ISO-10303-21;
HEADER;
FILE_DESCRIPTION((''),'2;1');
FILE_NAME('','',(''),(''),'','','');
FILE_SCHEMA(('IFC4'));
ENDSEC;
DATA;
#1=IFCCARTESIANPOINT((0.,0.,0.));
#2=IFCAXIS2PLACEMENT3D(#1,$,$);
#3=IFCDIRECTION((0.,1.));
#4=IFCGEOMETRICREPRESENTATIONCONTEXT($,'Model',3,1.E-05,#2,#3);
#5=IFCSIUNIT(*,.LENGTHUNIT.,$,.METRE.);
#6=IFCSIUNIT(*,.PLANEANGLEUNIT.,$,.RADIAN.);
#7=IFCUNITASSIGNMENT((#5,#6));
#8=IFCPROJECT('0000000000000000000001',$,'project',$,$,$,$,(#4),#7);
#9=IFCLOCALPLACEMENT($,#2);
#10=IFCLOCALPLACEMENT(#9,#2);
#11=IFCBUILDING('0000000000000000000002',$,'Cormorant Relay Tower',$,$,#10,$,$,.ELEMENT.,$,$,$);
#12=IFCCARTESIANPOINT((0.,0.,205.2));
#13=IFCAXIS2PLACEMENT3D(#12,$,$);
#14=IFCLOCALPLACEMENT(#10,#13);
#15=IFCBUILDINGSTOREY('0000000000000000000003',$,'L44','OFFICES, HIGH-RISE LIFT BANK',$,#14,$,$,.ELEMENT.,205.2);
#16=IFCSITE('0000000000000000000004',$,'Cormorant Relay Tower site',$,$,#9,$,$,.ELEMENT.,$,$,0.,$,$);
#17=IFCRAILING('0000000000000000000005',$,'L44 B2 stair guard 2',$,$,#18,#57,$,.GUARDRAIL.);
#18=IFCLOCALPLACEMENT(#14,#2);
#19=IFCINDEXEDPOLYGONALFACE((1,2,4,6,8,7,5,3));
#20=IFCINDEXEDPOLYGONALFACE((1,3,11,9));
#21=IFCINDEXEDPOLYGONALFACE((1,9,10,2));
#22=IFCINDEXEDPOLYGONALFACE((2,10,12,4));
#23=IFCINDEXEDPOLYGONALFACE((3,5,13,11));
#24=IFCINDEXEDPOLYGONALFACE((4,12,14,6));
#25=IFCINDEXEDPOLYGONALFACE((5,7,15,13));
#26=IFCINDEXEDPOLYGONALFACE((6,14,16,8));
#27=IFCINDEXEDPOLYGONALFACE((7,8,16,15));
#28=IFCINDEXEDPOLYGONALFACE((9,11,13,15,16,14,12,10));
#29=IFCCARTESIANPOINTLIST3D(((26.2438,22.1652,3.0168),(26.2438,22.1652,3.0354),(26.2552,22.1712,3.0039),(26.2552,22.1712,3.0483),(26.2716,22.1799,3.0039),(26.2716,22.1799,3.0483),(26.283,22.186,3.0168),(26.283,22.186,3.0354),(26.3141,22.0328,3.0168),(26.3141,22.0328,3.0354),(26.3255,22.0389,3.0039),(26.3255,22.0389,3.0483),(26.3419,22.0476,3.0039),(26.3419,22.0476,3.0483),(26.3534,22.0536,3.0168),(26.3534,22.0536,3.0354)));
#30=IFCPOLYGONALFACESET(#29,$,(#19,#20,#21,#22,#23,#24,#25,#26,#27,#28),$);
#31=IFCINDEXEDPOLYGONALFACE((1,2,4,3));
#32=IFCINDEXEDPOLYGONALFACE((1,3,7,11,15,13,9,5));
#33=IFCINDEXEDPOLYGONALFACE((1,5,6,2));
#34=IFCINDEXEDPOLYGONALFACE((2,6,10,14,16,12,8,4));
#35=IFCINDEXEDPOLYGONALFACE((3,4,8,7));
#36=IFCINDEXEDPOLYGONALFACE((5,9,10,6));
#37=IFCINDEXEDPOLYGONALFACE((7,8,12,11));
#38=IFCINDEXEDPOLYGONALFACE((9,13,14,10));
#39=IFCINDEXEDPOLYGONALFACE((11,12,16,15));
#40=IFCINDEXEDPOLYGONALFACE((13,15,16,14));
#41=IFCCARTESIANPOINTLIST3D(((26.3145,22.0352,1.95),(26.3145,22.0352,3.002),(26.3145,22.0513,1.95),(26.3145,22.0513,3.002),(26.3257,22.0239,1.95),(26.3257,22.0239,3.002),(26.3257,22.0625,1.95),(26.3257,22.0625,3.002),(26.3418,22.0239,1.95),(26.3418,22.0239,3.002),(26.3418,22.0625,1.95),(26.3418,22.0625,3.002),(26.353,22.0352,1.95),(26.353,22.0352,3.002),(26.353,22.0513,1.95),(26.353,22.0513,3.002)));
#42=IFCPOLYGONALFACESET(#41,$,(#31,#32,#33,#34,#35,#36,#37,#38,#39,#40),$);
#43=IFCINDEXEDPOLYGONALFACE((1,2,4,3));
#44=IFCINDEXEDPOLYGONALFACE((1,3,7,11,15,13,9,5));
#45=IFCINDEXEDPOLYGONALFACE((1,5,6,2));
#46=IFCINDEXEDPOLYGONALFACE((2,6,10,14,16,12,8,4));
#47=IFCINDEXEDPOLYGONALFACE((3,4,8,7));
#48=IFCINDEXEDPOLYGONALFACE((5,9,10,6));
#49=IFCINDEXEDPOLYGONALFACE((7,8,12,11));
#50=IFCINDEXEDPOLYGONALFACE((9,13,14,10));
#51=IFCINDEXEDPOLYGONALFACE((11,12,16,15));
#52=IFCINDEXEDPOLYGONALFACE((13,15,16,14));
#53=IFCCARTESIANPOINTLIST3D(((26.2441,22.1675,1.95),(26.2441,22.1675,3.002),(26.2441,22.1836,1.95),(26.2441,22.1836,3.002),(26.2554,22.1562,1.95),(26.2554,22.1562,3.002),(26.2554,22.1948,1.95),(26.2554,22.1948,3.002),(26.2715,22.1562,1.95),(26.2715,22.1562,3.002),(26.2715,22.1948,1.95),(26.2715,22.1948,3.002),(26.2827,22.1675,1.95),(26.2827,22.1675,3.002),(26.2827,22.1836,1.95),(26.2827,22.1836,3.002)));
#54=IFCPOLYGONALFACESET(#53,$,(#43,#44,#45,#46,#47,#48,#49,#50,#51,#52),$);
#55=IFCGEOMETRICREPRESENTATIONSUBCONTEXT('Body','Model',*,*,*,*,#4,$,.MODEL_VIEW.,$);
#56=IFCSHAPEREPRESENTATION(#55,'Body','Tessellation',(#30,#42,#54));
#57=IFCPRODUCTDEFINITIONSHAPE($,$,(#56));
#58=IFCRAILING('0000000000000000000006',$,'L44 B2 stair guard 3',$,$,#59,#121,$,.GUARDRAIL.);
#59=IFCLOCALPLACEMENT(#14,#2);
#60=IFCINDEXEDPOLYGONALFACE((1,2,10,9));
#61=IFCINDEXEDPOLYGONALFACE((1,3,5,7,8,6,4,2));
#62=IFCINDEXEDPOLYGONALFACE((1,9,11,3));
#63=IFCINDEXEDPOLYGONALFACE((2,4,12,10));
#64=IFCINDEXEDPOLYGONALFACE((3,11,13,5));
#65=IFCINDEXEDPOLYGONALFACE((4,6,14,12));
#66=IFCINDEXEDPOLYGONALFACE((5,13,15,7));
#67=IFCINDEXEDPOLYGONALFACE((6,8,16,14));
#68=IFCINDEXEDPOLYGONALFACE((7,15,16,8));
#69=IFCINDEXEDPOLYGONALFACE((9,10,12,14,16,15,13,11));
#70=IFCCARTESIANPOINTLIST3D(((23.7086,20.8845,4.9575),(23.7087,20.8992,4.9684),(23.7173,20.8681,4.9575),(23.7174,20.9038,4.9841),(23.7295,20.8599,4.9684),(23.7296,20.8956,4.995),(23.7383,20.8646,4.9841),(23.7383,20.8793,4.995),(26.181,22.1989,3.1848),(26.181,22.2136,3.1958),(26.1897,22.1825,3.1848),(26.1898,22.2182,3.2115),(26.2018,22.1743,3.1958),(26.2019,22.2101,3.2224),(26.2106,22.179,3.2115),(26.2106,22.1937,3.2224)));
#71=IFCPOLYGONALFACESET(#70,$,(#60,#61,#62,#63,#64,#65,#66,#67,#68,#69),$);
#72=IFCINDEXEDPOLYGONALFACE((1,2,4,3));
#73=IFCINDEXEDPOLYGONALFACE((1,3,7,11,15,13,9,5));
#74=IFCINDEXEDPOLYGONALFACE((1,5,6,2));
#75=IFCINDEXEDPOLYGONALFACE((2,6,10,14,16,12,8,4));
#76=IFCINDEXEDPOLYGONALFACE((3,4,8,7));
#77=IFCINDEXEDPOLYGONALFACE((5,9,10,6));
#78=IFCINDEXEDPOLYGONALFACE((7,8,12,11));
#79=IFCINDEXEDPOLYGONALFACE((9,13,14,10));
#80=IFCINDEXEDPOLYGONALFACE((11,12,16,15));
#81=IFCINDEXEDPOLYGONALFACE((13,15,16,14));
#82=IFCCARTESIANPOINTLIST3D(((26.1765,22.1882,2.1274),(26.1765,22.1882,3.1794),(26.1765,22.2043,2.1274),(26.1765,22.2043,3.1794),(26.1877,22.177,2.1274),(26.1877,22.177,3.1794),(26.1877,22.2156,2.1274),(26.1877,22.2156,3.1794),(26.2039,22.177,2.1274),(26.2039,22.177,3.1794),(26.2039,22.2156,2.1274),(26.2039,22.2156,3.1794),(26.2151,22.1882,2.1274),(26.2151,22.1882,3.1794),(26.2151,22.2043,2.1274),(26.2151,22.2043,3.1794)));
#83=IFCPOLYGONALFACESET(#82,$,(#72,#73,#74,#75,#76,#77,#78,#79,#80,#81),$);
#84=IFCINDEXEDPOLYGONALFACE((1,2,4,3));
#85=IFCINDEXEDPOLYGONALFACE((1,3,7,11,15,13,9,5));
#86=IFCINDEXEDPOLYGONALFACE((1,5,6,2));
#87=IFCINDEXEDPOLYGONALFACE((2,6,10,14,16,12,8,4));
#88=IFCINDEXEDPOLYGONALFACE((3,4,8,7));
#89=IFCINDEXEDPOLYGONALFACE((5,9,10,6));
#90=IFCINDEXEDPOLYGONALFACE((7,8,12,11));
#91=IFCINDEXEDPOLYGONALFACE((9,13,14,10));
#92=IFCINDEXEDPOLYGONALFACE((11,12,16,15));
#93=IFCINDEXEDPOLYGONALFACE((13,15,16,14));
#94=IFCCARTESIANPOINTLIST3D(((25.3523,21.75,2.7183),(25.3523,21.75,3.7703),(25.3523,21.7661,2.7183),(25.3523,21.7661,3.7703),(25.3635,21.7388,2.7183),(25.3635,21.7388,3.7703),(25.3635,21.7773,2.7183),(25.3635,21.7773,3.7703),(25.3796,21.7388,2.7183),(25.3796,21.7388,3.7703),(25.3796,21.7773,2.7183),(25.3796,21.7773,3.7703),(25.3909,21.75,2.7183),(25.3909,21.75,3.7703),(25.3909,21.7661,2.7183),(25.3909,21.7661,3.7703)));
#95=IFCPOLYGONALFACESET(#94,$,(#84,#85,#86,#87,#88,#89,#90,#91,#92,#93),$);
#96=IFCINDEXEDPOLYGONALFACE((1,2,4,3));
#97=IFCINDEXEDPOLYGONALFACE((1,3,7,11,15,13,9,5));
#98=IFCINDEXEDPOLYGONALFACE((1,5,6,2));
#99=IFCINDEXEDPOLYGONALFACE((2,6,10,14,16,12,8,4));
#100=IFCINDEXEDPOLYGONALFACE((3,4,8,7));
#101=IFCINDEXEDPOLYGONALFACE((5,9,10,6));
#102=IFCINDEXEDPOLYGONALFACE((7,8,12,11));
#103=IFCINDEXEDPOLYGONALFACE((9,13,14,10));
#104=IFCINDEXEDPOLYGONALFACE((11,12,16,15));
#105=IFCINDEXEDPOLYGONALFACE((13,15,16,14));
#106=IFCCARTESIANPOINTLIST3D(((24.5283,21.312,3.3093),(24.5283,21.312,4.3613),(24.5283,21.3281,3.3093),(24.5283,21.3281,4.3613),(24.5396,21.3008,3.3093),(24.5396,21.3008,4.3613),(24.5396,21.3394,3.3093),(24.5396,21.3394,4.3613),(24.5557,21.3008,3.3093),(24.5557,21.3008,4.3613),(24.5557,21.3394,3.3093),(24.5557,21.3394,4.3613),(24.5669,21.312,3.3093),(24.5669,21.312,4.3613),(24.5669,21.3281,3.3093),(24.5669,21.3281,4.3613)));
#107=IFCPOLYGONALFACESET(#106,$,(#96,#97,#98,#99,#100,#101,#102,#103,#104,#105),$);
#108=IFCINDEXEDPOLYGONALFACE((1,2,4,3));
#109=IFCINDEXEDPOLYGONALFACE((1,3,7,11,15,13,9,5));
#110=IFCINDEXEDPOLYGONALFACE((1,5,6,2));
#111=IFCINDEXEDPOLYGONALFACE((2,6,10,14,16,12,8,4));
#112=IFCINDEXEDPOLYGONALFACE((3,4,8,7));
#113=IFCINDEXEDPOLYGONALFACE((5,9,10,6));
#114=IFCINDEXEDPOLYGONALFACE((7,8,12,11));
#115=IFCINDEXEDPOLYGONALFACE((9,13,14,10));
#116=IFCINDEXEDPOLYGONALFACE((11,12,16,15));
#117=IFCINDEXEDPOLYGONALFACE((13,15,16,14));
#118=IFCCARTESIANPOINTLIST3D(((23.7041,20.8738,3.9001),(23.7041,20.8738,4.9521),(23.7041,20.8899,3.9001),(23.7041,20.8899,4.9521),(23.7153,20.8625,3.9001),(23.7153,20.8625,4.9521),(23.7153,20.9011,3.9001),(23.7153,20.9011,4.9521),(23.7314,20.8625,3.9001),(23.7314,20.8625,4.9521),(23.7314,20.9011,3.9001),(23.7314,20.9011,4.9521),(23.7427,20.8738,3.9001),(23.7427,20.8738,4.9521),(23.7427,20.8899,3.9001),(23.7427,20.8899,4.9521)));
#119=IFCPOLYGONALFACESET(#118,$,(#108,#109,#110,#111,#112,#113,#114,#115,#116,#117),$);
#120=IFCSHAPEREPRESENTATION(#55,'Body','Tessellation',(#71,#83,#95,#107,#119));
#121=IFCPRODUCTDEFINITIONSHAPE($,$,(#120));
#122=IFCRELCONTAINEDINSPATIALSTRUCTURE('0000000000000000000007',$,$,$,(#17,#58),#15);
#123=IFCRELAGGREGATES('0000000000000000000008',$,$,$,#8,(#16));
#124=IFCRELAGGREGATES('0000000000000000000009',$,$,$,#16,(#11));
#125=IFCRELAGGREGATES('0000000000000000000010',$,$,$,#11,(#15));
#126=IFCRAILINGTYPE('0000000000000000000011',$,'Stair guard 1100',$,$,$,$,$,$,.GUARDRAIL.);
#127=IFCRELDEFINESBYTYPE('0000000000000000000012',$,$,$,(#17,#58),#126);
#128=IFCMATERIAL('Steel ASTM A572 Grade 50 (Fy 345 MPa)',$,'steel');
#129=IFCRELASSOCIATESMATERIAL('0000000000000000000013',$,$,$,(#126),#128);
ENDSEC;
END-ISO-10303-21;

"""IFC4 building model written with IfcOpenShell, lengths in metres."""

from ifc_helpers import new_model, si_unit, direction, frame, origin, place, context, subcontext, project, spatial, polyline, outline, extrude, material, type_object, element, save


model = new_model("IFC4")

# Units and contexts
model_context = context("Model", 3, precision=1e-05, world=origin(), true_north=direction((0.0, 1.0)))
body_context = subcontext(model_context, "Body", "Model", "MODEL_VIEW")
ifc_project = project(units=[si_unit("LENGTHUNIT", "METRE"), si_unit("PLANEANGLEUNIT", "RADIAN")], contexts=[model_context])

# Site, building, storey
site_placement = place(None, origin())
site = spatial("IfcSite", under=ifc_project, at=site_placement, Name="Cormorant Relay Tower site", CompositionType="ELEMENT", RefElevation=0.0)
building_placement = place(site_placement, origin())
building = spatial("IfcBuilding", under=site, at=building_placement, Name="Cormorant Relay Tower", CompositionType="ELEMENT")
storey_placement = place(building_placement, frame((0.0, 0.0, 205.2)))
storey = spatial("IfcBuildingStorey", under=building, at=storey_placement, Name="L44", Description="OFFICES, HIGH-RISE LIFT BANK", CompositionType="ELEMENT", Elevation=205.2)

# Railings
ifc_material_1 = material(Name="Steel ASTM A572 Grade 50 (Fy 345 MPa)", Category="steel")
railing_type = type_object("IfcRailingType", Name="Stair guard 1100", PredefinedType="GUARDRAIL", material=ifc_material_1)
railing_1_placement = place(storey_placement, frame((26.3337, 22.0432, 1.95)))
element("IfcRailing", 1, at=railing_1_placement, inside=storey, type_object=railing_type, Name="L44 B2 stair guard 2", PredefinedType="GUARDRAIL", context=body_context, shape_type="SweptSolid", body=[
    extrude(outline(polyline([(0.0222, 0.0093), (0.0093, 0.0222), (-0.0093, 0.0222), (-0.0222, 0.0093), (-0.0222, -0.0093), (-0.0093, -0.0222), (0.0093, -0.0222), (0.0222, -0.0093), (0.0222, 0.0093)])), frame((0.0, 0.0, 1.0762), z_axis=(-0.469235, 0.883074, 0.0), x_axis=(-0.883074, -0.469235, 0.0)), (0.0, 0.0, 1.0), 0.1499),
    extrude(outline(polyline([(0.0193, 0.0081), (0.0081, 0.0193), (-0.0081, 0.0193), (-0.0193, 0.0081), (-0.0193, -0.0081), (-0.0081, -0.0193), (0.0081, -0.0193), (0.0193, -0.0081), (0.0193, 0.0081)])), origin(), (0.0, 0.0, 1.0), 1.052),
    extrude(outline(polyline([(0.0193, 0.0081), (0.0081, 0.0193), (-0.0081, 0.0193), (-0.0193, 0.0081), (-0.0193, -0.0081), (-0.0081, -0.0193), (0.0081, -0.0193), (0.0193, -0.0081), (0.0193, 0.0081)])), frame((-0.0703, 0.1323, 0.0)), (0.0, 0.0, 1.0), 1.052),
])
railing_2_placement = place(storey_placement, frame((26.1958, 22.1963, 2.1274)))
element("IfcRailing", 2, at=railing_2_placement, inside=storey, type_object=railing_type, Name="L44 B2 stair guard 3", PredefinedType="GUARDRAIL", context=body_context, shape_type="SweptSolid", body=[
    extrude(outline(polyline([(0.0222, 0.0093), (0.0093, 0.0222), (-0.0093, 0.0222), (-0.0222, 0.0093), (-0.0222, -0.0093), (-0.0093, -0.0222), (0.0093, -0.0222), (0.0222, -0.0093), (0.0222, 0.0093)])), frame((0.0, 0.0, 1.0762), z_axis=(-0.746034, -0.396627, 0.534902), x_axis=(0.469429, -0.88297, 0.0)), (0.0, 0.0, 1.0), 3.314),
    extrude(outline(polyline([(0.0193, 0.0081), (0.0081, 0.0193), (-0.0081, 0.0193), (-0.0193, 0.0081), (-0.0193, -0.0081), (-0.0081, -0.0193), (0.0081, -0.0193), (0.0193, -0.0081), (0.0193, 0.0081)])), origin(), (0.0, 0.0, 1.0), 1.052),
    extrude(outline(polyline([(0.0193, 0.0081), (0.0081, 0.0193), (-0.0081, 0.0193), (-0.0193, 0.0081), (-0.0193, -0.0081), (-0.0081, -0.0193), (0.0081, -0.0193), (0.0193, -0.0081), (0.0193, 0.0081)])), frame((-0.8242, -0.4382, 0.5908)), (0.0, 0.0, 1.0), 1.052),
    extrude(outline(polyline([(0.0193, 0.0081), (0.0081, 0.0193), (-0.0081, 0.0193), (-0.0193, 0.0081), (-0.0193, -0.0081), (-0.0081, -0.0193), (0.0081, -0.0193), (0.0193, -0.0081), (0.0193, 0.0081)])), frame((-1.6482, -0.8762, 1.1819)), (0.0, 0.0, 1.0), 1.052),
    extrude(outline(polyline([(0.0193, 0.0081), (0.0081, 0.0193), (-0.0081, 0.0193), (-0.0193, 0.0081), (-0.0193, -0.0081), (-0.0081, -0.0193), (0.0081, -0.0193), (0.0193, -0.0081), (0.0193, 0.0081)])), frame((-2.4724, -1.3145, 1.7727)), (0.0, 0.0, 1.0), 1.052),
])

save(model, "model.ifc")
